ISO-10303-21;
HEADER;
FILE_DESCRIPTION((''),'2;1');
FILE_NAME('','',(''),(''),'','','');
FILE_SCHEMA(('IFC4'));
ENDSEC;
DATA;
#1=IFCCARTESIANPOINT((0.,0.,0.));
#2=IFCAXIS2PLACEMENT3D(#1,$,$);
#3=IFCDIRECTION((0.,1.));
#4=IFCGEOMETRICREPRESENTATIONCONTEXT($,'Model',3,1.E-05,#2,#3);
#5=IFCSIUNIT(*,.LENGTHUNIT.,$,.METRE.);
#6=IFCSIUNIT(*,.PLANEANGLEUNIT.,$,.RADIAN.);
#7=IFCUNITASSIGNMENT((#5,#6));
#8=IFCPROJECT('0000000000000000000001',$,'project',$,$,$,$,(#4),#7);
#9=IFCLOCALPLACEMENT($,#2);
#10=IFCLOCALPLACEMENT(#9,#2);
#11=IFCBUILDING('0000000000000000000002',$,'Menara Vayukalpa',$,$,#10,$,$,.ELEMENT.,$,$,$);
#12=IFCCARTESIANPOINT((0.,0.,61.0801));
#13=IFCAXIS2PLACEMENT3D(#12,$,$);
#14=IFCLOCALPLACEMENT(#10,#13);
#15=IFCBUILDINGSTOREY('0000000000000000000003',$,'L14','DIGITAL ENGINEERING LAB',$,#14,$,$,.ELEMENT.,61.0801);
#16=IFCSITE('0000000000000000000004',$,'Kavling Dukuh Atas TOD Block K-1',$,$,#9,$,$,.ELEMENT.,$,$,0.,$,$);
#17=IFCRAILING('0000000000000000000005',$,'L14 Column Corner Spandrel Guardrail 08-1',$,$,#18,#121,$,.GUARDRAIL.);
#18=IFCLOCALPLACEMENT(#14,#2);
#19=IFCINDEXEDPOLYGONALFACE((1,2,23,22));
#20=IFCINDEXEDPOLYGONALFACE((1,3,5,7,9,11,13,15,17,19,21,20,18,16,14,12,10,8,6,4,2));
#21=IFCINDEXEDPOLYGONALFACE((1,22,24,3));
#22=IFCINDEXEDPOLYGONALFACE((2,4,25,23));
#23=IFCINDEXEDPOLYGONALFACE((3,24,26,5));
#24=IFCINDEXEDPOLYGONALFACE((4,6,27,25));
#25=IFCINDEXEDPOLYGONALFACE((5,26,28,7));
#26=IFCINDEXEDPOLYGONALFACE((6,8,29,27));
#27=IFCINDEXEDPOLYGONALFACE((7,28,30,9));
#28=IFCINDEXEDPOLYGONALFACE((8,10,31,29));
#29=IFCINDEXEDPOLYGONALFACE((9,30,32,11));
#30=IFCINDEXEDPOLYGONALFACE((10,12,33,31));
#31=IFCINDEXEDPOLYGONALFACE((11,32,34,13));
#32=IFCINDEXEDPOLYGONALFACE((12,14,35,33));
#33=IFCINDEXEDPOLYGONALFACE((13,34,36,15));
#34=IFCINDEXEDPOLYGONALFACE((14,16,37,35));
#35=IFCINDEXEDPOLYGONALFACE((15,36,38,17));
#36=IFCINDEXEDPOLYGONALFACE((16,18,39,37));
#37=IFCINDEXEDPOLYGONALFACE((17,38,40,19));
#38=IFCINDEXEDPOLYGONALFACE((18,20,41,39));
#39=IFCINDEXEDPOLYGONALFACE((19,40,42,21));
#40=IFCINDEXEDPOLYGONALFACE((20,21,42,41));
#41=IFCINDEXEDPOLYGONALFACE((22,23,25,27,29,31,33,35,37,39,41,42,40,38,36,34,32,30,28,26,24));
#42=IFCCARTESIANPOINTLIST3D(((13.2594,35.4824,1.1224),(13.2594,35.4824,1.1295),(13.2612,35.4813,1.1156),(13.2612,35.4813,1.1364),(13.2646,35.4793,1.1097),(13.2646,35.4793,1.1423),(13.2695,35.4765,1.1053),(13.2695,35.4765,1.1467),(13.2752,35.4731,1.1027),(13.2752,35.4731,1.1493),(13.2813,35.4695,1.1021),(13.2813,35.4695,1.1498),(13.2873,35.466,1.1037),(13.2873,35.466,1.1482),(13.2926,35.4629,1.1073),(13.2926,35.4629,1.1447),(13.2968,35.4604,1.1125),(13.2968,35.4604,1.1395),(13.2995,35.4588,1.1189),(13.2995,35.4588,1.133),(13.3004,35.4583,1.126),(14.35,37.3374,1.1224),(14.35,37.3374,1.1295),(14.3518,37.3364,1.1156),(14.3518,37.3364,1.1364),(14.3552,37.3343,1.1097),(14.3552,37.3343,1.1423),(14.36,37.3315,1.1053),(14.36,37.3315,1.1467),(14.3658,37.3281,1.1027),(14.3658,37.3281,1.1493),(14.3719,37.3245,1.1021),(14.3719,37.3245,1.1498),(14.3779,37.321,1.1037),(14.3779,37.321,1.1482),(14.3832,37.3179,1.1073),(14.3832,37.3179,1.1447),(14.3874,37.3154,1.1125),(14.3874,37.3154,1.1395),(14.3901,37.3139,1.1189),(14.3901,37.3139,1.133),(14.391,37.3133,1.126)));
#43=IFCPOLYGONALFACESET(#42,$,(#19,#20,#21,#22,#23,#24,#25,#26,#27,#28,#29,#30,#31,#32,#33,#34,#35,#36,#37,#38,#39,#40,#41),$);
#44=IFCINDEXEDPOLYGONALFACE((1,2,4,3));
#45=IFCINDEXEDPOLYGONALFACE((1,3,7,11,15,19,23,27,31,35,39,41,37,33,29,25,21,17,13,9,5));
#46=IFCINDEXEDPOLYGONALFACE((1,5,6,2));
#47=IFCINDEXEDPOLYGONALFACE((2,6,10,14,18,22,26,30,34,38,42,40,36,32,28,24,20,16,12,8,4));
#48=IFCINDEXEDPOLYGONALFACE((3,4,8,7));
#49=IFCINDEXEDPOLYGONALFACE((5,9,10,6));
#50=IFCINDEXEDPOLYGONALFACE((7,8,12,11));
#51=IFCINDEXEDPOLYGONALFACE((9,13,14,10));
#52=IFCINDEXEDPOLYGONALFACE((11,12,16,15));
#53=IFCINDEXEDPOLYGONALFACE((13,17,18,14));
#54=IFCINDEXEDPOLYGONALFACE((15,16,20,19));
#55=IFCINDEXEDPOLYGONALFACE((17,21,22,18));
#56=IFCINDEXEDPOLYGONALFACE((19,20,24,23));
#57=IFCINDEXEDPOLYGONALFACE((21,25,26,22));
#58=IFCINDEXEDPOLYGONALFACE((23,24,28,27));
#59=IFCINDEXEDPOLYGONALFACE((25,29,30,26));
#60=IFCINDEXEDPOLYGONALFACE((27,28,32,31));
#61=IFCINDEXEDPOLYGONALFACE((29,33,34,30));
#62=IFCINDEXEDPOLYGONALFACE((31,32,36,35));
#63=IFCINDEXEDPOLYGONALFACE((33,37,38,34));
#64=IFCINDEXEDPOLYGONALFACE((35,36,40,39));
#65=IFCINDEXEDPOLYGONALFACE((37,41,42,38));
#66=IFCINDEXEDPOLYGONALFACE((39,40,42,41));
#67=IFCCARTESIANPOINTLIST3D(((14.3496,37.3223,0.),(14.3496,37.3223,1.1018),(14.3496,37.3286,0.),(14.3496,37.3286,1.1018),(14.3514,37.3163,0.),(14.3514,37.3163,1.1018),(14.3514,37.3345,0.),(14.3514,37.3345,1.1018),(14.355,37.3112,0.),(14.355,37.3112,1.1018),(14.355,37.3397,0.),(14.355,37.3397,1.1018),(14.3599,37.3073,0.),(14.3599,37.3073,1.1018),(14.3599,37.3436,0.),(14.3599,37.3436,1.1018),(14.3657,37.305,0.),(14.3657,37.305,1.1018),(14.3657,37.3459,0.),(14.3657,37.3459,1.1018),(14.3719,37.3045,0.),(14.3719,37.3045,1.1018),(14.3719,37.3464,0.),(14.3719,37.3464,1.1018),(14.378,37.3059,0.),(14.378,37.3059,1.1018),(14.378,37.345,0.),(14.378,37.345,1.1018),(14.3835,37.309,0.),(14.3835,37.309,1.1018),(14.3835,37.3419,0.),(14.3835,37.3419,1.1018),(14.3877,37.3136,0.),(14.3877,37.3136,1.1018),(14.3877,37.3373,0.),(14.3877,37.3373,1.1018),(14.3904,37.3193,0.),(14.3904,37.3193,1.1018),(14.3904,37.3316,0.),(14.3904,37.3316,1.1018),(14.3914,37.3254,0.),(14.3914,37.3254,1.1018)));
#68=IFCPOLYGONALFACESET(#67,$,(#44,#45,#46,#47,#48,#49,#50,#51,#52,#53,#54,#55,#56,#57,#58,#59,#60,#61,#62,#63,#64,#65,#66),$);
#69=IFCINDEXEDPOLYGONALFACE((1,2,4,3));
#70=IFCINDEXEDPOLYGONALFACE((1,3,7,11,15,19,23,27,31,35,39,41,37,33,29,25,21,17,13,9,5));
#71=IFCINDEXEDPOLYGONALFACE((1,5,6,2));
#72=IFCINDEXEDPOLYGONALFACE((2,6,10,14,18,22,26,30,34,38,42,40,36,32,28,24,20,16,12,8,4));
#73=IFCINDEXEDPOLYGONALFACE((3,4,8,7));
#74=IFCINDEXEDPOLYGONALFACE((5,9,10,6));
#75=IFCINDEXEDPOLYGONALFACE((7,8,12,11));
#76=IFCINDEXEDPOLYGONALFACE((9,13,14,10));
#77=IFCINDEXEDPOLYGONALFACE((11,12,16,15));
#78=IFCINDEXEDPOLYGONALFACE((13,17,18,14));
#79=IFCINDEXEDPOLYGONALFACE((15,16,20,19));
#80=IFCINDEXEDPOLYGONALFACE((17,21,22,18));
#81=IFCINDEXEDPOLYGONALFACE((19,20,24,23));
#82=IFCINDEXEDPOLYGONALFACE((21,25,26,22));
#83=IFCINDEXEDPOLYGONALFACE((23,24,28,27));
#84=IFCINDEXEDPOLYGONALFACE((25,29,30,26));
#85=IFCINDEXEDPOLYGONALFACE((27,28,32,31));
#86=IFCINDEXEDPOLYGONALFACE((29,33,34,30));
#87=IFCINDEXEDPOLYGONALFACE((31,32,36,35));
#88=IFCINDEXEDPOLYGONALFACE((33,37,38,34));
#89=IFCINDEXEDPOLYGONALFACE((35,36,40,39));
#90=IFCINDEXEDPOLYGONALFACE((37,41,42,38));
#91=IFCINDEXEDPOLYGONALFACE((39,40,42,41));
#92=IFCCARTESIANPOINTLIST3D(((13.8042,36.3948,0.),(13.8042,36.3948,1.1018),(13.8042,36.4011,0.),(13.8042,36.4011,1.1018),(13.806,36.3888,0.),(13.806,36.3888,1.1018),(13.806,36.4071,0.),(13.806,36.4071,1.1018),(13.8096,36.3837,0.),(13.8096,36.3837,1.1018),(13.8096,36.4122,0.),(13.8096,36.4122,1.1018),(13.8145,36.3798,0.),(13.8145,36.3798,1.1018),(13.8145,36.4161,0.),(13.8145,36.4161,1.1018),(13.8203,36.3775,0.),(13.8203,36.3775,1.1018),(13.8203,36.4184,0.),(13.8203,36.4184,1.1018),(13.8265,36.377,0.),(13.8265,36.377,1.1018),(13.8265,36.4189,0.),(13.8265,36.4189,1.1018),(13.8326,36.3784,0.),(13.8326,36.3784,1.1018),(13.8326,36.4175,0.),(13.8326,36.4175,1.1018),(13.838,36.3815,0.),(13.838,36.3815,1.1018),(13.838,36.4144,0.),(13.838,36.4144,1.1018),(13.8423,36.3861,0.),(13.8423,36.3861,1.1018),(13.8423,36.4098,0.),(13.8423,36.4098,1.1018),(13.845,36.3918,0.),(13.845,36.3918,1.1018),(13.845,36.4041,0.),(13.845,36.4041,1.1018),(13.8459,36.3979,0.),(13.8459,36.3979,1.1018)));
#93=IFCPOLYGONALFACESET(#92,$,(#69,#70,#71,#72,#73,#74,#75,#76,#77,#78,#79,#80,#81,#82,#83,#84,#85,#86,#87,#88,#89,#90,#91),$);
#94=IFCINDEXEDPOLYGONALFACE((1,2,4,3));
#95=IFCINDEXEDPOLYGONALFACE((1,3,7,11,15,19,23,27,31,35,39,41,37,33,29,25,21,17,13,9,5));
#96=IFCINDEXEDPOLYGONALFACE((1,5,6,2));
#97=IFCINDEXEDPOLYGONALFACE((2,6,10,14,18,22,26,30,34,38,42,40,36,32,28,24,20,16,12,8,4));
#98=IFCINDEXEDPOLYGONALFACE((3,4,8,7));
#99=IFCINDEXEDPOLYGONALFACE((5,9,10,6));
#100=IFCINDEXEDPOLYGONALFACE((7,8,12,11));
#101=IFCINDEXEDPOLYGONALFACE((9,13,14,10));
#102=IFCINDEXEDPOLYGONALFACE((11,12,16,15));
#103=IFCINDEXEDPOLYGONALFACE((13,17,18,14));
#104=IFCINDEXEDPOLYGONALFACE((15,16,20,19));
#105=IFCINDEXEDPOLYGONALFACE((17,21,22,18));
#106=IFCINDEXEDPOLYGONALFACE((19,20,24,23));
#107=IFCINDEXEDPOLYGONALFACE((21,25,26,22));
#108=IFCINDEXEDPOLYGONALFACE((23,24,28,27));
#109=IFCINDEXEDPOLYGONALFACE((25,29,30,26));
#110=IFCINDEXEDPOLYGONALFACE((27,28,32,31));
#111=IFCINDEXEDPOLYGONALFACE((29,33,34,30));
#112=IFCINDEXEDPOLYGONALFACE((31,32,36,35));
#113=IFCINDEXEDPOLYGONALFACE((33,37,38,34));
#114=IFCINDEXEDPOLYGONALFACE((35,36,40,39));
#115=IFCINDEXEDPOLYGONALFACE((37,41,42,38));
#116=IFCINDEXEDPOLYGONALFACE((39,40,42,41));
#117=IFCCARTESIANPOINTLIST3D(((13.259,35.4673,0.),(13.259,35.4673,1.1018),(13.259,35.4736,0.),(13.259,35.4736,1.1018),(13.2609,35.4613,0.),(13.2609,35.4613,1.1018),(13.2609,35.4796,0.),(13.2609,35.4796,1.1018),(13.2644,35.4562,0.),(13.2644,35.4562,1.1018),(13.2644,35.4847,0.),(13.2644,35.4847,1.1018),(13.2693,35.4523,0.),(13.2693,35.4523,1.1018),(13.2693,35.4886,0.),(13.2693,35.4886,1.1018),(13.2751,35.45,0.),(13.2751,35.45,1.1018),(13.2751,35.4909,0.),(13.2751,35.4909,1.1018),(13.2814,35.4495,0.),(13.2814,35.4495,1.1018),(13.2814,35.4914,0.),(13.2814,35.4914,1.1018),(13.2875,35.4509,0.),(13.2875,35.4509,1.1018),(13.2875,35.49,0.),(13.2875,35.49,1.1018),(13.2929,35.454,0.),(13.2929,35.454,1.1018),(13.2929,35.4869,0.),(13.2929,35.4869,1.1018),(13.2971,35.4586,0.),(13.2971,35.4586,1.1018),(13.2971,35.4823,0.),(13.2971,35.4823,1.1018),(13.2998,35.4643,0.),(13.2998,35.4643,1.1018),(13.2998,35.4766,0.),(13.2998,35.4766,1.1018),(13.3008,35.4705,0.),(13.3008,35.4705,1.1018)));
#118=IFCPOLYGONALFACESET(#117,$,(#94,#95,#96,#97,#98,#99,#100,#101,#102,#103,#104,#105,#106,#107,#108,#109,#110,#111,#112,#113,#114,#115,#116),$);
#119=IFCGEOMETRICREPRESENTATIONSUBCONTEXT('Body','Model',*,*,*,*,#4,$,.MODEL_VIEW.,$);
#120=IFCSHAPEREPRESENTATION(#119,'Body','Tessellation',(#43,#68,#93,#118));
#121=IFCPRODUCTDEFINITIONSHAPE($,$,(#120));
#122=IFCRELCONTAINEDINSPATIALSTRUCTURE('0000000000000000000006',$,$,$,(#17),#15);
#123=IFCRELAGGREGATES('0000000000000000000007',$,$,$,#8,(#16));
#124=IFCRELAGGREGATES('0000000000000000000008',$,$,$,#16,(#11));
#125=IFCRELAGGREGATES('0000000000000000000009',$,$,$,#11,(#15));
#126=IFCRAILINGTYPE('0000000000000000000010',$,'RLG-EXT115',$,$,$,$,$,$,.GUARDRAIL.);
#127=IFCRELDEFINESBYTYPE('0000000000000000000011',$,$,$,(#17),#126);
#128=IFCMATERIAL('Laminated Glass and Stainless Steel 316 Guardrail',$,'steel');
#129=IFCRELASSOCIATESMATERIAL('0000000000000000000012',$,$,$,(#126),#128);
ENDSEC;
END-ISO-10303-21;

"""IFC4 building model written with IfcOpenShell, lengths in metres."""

from ifc_helpers import new_model, si_unit, direction, frame, origin, origin_2d, place, context, subcontext, project, spatial, circle, extrude, material, type_object, element, save


model = new_model("IFC4")

# Units and contexts
model_context = context("Model", 3, precision=1e-05, world=origin(), true_north=direction((0.0, 1.0)))
body_context = subcontext(model_context, "Body", "Model", "MODEL_VIEW")
ifc_project = project(units=[si_unit("LENGTHUNIT", "METRE"), si_unit("PLANEANGLEUNIT", "RADIAN")], contexts=[model_context])

# Site, building, storey
site_placement = place(None, origin())
site = spatial("IfcSite", under=ifc_project, at=site_placement, Name="Kavling Dukuh Atas TOD Block K-1", CompositionType="ELEMENT", RefElevation=0.0)
building_placement = place(site_placement, origin())
building = spatial("IfcBuilding", under=site, at=building_placement, Name="Menara Vayukalpa", CompositionType="ELEMENT")
storey_placement = place(building_placement, frame((0.0, 0.0, 61.0801)))
storey = spatial("IfcBuildingStorey", under=building, at=storey_placement, Name="L14", Description="DIGITAL ENGINEERING LAB", CompositionType="ELEMENT", Elevation=61.0801)

# Railing
ifc_material_1 = material(Name="Laminated Glass and Stainless Steel 316 Guardrail", Category="steel")
railing_type = type_object("IfcRailingType", Name="RLG-EXT115", PredefinedType="GUARDRAIL", material=ifc_material_1)
railing_1_placement = place(storey_placement, frame((14.3704, 37.3254, 0.0)))
element("IfcRailing", 1, at=railing_1_placement, inside=storey, type_object=railing_type, Name="L14 Column Corner Spandrel Guardrail 08-1", PredefinedType="GUARDRAIL", context=body_context, shape_type="SweptSolid", body=[
    extrude(circle(Radius=0.0239, at=origin_2d()), frame((0.0, 0.0, 1.126), z_axis=(-0.506817, -0.862054, 0.0), x_axis=(0.862054, -0.506817, 0.0)), (0.0, 0.0, 1.0), 2.1519),
    extrude(circle(Radius=0.021, at=origin_2d()), origin(), (0.0, 0.0, 1.0), 1.1018),
    extrude(circle(Radius=0.021, at=origin_2d()), frame((-0.5454, -0.9275, 0.0)), (0.0, 0.0, 1.0), 1.1018),
    extrude(circle(Radius=0.021, at=origin_2d()), frame((-1.0906, -1.855, 0.0)), (0.0, 0.0, 1.0), 1.1018),
])

save(model, "model.ifc")
